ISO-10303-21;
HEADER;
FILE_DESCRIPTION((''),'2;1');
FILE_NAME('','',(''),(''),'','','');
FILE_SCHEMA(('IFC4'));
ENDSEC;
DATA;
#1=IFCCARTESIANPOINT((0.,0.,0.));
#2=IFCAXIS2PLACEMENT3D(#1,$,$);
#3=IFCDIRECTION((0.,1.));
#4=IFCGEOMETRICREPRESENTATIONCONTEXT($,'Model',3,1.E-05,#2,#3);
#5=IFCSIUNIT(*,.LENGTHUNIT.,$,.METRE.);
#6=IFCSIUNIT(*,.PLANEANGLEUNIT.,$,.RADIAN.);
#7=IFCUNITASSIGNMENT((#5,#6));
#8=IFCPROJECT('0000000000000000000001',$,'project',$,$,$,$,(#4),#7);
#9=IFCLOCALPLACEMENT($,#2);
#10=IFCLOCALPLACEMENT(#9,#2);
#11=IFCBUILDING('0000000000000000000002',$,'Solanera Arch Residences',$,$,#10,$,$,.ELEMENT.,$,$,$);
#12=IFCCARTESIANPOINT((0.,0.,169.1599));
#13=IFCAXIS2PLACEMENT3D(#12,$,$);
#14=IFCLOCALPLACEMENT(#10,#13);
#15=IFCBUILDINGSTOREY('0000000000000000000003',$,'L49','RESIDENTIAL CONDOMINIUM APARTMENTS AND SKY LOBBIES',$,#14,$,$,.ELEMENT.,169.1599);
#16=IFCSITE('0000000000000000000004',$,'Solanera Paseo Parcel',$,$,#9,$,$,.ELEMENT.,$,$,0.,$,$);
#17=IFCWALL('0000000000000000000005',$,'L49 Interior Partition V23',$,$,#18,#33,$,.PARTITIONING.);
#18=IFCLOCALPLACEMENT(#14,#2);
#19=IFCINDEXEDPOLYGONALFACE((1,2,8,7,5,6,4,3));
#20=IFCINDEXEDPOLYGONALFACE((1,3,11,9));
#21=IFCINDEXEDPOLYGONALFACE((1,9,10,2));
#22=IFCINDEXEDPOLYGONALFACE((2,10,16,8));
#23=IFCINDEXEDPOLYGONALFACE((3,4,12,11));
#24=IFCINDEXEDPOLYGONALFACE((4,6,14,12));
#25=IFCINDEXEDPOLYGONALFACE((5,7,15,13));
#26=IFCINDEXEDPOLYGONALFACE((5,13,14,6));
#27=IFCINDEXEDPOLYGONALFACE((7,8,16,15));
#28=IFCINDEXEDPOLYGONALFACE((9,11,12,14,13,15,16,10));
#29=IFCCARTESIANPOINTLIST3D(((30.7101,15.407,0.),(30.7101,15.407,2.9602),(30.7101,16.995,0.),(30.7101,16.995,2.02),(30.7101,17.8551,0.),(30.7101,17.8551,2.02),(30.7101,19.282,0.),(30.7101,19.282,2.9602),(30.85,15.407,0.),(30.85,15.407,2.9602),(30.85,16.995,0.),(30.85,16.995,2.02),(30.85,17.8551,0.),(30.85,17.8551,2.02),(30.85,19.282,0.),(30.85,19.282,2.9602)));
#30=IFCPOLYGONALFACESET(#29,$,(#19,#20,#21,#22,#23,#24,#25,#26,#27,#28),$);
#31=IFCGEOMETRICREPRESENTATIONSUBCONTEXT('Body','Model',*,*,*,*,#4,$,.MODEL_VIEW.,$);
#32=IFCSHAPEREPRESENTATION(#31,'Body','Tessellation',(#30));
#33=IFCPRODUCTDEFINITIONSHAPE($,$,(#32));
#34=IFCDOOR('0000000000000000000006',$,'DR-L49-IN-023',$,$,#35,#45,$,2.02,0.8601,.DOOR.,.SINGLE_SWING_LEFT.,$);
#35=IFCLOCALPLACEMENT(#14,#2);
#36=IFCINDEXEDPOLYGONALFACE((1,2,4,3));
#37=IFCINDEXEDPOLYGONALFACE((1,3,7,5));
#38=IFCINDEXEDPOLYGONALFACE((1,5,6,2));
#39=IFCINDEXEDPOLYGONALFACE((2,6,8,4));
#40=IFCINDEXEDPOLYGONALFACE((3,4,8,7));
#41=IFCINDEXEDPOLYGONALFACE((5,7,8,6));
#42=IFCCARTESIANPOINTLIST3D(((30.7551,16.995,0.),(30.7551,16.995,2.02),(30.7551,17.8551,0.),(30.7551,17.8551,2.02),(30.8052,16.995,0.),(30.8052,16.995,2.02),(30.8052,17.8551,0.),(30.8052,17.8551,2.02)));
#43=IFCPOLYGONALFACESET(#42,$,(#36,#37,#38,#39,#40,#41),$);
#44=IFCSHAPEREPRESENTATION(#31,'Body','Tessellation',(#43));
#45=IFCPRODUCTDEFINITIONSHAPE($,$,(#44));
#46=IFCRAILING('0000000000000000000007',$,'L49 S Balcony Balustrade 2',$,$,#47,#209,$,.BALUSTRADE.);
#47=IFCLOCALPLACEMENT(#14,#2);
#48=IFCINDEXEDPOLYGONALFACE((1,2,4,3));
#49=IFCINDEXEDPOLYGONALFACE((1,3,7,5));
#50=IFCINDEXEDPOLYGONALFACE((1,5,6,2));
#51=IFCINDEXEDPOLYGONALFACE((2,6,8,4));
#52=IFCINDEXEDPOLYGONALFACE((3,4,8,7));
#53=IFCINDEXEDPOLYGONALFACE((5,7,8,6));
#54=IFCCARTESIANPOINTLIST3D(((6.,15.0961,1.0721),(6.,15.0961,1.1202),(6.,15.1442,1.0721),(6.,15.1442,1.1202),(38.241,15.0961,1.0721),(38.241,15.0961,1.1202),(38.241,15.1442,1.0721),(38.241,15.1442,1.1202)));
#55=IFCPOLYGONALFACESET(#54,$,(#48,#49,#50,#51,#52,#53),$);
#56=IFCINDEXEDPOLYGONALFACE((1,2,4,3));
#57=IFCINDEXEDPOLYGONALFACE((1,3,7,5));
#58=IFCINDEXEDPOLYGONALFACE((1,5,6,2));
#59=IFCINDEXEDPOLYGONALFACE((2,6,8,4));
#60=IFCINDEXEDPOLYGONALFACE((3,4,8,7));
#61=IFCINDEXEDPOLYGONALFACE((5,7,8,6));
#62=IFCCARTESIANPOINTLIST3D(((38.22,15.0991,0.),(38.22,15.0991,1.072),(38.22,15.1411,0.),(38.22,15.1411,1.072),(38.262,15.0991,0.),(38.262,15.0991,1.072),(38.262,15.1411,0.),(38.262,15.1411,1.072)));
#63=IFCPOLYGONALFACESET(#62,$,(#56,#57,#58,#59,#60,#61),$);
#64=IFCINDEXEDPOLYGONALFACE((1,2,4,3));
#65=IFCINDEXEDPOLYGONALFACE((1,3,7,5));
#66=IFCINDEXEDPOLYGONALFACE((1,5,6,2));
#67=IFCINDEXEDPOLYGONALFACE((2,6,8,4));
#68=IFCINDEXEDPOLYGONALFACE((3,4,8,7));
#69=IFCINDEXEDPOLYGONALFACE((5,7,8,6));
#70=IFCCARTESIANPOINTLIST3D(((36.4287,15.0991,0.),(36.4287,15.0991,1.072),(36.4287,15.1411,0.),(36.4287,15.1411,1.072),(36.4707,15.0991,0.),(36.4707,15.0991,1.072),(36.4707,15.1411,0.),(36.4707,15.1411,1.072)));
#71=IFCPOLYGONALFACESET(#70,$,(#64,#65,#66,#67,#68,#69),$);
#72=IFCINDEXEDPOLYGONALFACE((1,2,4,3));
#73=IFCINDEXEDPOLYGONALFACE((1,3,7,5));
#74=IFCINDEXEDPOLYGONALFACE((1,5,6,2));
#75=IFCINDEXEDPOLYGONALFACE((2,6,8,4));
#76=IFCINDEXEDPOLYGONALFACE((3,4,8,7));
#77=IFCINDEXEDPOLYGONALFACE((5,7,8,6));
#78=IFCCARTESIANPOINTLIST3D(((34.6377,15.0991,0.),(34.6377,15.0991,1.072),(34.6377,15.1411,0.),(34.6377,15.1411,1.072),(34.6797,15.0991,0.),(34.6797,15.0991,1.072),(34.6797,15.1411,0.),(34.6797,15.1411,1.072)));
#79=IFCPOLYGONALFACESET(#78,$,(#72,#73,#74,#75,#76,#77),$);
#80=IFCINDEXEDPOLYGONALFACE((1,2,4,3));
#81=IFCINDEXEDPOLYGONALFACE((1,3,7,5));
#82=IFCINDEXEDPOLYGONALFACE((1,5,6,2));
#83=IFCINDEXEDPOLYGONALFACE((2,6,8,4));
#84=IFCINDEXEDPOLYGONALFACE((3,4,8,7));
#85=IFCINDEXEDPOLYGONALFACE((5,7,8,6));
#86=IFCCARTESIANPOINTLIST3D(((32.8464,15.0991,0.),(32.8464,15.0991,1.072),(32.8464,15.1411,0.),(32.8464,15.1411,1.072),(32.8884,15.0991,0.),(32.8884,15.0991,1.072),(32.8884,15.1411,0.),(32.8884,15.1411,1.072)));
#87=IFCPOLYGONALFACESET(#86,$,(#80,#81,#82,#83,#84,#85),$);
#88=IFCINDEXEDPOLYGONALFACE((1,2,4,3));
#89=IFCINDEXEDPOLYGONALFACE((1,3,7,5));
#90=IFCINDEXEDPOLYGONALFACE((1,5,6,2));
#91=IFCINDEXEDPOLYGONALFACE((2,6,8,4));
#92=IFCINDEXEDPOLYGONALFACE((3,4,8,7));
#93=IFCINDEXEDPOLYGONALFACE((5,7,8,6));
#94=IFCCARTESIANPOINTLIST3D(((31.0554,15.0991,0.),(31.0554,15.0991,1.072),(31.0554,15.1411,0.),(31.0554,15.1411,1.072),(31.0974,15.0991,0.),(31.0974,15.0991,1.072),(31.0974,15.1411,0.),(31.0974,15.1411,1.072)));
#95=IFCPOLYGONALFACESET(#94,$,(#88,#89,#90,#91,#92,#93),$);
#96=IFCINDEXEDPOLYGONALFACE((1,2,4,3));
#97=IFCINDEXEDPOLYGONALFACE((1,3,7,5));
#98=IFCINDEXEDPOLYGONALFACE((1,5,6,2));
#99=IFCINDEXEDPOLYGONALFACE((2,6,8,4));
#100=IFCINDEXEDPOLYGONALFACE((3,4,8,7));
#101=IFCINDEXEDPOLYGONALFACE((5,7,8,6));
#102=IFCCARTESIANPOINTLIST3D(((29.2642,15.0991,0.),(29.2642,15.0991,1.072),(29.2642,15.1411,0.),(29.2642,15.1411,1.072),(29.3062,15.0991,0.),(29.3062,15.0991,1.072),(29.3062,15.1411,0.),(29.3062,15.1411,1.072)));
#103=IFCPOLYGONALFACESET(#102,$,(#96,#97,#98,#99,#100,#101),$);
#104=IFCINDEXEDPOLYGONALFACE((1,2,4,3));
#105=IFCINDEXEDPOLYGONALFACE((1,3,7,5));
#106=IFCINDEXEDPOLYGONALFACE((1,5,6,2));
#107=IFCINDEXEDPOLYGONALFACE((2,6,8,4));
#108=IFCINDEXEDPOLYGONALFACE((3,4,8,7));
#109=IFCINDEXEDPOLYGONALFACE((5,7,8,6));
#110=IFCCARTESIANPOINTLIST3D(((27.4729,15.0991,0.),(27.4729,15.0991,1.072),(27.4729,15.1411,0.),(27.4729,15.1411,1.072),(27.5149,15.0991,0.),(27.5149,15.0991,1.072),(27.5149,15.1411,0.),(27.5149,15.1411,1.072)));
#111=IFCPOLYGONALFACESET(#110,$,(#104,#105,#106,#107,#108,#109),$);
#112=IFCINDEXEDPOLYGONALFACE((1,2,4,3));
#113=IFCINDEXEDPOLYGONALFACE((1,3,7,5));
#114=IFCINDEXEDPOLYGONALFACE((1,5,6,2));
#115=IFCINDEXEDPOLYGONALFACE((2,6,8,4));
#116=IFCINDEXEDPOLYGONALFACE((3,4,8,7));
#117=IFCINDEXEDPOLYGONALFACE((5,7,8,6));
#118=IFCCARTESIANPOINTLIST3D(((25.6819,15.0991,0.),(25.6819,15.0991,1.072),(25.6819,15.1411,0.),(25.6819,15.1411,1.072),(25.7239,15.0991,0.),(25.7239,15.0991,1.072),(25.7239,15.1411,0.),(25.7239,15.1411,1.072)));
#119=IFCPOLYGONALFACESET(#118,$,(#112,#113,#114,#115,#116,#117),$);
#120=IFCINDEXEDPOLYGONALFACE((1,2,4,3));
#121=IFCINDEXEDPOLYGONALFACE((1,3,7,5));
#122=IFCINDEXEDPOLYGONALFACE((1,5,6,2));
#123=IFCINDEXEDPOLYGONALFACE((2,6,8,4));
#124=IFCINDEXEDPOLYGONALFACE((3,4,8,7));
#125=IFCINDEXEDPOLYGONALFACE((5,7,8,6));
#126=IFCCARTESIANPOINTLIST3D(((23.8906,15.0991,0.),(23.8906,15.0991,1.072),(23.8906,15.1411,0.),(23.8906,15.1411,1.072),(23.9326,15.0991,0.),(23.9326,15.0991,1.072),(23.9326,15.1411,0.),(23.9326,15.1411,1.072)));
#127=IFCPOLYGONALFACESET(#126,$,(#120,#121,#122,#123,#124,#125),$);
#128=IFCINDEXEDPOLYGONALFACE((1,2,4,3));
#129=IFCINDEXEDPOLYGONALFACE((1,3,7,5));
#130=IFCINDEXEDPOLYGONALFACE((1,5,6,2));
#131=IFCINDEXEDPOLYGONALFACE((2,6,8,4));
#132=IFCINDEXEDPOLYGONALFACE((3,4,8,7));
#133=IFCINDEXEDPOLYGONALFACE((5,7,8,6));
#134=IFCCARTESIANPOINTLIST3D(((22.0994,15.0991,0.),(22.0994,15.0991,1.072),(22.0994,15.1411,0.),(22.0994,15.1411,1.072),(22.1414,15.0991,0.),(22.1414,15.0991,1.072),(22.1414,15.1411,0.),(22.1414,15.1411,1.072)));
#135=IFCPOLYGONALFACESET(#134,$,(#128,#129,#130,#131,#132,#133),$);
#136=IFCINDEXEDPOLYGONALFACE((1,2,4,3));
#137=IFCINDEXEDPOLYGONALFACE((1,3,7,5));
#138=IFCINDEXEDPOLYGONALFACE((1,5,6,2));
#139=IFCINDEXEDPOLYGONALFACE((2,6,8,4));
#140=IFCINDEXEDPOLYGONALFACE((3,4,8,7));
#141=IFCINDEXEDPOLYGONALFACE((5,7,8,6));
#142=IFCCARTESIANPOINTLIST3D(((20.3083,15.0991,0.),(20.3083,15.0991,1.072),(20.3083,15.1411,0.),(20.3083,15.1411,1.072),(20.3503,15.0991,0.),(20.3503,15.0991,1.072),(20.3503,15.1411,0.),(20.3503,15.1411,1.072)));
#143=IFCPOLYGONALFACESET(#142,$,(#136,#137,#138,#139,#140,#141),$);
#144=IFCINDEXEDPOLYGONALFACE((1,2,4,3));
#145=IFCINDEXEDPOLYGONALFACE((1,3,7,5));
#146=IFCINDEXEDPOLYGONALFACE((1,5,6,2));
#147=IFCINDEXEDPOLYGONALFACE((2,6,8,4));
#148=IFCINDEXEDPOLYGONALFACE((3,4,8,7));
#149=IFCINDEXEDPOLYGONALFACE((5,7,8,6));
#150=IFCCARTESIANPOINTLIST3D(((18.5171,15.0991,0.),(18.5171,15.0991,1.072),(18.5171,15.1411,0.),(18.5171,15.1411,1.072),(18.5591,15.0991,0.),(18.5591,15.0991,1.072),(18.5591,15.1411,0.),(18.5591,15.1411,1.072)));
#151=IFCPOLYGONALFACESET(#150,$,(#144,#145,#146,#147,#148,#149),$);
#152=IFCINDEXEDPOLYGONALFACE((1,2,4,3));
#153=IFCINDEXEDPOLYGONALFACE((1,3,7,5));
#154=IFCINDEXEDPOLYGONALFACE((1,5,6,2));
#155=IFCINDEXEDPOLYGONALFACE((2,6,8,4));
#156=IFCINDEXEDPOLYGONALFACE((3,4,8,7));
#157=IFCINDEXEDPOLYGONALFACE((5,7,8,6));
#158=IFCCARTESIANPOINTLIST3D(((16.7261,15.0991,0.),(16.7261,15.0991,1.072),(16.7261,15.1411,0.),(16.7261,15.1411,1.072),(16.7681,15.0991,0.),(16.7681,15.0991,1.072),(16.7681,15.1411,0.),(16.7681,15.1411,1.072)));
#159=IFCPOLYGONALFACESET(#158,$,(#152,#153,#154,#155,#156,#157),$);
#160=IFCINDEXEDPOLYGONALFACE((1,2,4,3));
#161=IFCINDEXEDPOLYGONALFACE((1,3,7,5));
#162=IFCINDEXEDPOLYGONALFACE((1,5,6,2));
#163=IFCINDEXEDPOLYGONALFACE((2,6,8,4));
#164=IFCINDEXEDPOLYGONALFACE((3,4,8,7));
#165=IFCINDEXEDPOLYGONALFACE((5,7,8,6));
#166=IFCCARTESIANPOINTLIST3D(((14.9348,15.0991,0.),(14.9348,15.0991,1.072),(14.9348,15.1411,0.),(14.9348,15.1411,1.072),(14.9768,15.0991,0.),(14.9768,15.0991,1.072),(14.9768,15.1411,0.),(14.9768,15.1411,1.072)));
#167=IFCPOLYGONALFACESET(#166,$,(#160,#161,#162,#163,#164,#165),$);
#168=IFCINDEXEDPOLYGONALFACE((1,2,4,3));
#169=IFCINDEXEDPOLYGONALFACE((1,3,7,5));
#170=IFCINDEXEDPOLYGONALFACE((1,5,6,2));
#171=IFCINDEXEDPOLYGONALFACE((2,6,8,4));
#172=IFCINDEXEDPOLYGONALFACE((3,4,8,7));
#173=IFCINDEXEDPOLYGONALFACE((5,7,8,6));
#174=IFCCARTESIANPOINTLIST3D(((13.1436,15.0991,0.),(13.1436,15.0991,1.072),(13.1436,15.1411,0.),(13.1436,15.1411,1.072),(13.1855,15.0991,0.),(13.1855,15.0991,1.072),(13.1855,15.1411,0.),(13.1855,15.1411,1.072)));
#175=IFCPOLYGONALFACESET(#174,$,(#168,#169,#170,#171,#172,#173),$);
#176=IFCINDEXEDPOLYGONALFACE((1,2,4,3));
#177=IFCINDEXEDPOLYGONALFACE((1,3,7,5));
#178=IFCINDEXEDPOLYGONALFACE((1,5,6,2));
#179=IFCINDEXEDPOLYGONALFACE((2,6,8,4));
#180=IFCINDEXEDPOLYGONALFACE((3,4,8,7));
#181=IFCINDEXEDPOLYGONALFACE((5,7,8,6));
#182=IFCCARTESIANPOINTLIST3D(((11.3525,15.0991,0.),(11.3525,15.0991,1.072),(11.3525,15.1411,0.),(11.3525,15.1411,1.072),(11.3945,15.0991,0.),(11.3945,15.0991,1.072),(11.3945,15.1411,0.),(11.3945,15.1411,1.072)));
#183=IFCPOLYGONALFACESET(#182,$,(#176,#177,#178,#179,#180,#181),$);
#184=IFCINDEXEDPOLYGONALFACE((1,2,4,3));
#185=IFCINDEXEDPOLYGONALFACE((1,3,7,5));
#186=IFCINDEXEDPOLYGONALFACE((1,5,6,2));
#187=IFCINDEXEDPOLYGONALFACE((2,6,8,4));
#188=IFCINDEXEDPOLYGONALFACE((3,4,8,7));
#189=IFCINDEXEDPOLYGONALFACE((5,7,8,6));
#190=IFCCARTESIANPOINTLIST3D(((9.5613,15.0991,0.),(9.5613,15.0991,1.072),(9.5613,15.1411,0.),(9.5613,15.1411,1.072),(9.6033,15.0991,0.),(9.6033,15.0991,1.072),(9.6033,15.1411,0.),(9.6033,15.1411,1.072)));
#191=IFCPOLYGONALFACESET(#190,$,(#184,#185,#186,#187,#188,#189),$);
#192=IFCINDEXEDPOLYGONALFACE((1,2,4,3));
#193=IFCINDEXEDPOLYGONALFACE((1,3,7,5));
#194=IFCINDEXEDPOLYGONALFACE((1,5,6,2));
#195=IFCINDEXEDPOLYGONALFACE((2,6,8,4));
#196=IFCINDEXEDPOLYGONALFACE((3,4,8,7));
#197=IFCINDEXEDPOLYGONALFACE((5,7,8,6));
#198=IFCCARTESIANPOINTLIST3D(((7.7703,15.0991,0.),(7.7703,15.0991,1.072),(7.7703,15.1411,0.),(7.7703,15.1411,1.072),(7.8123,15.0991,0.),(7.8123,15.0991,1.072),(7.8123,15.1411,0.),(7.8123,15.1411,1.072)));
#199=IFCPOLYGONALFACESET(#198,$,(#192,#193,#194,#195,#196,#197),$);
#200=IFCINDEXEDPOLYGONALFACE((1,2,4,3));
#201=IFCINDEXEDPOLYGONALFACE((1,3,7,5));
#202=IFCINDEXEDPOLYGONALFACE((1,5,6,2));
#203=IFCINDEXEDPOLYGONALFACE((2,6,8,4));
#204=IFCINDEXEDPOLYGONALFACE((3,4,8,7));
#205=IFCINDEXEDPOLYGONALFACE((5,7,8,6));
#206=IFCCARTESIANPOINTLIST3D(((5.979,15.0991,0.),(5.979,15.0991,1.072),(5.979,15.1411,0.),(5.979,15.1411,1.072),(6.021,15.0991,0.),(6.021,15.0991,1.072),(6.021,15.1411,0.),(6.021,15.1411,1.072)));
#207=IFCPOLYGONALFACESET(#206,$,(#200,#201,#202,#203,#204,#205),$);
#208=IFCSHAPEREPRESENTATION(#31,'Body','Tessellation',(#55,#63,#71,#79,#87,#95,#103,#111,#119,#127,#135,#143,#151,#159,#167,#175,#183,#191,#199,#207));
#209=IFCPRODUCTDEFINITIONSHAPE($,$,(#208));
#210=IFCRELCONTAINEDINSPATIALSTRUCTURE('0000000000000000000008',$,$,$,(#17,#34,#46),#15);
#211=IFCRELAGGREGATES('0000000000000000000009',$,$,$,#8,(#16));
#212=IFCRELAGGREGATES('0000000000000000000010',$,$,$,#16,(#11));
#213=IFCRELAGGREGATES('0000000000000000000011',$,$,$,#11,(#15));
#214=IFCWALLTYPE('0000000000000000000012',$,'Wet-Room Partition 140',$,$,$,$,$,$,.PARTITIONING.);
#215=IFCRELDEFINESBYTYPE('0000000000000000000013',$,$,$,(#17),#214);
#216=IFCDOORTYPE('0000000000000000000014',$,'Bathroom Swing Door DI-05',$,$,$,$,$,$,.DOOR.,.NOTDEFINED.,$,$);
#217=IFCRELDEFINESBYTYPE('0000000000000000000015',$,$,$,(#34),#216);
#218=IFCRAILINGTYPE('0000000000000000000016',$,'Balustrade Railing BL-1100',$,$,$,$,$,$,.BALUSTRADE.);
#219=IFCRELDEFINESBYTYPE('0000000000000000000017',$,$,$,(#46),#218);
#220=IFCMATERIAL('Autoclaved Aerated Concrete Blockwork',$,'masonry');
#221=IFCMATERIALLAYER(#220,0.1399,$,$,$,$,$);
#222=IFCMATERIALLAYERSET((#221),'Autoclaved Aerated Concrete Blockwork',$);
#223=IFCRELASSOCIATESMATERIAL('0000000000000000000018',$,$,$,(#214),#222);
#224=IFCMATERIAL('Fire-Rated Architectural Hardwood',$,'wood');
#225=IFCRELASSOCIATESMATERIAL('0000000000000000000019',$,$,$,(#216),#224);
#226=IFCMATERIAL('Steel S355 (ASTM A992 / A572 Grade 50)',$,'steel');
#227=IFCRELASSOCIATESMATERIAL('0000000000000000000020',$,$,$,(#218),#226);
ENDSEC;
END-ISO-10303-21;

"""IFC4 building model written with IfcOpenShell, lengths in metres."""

from ifc_helpers import new_model, si_unit, direction, frame, frame_2d, origin, origin_2d, place, context, subcontext, project, spatial, rectangle, extrude, material, layer, layer_set, type_object, element, fill, save


model = new_model("IFC4")

# Units and contexts
model_context = context("Model", 3, precision=1e-05, world=origin(), true_north=direction((0.0, 1.0)))
body_context = subcontext(model_context, "Body", "Model", "MODEL_VIEW")
ifc_project = project(units=[si_unit("LENGTHUNIT", "METRE"), si_unit("PLANEANGLEUNIT", "RADIAN")], contexts=[model_context])

# Site, building, storey
site_placement = place(None, origin())
site = spatial("IfcSite", under=ifc_project, at=site_placement, Name="Solanera Paseo Parcel", CompositionType="ELEMENT", RefElevation=0.0)
building_placement = place(site_placement, origin())
building = spatial("IfcBuilding", under=site, at=building_placement, Name="Solanera Arch Residences", CompositionType="ELEMENT")
storey_placement = place(building_placement, frame((0.0, 0.0, 169.1599)))
storey = spatial("IfcBuildingStorey", under=building, at=storey_placement, Name="L49", Description="RESIDENTIAL CONDOMINIUM APARTMENTS AND SKY LOBBIES", CompositionType="ELEMENT", Elevation=169.1599)

# Shared definitions
ifc_material_1 = material(Name="Autoclaved Aerated Concrete Blockwork", Category="masonry")
ifc_layer_1 = layer(ifc_material_1, 0.1399)
ifc_layer_set_1 = layer_set([ifc_layer_1], Name="Autoclaved Aerated Concrete Blockwork")
wall_type_1 = type_object("IfcWallType", Name="Wet-Room Partition 140", PredefinedType="PARTITIONING", material=ifc_layer_set_1)

# Wall, opening, door
wall_1_placement = place(storey_placement, frame((30.78, 15.407, 0.0), z_axis=(0.0, 0.0, 1.0), x_axis=(0.0, 1.0, 0.0)))
wall_1 = element("IfcWall", 1, at=wall_1_placement, inside=storey, type_object=wall_type_1, Name="L49 Interior Partition V23", PredefinedType="PARTITIONING", context=body_context, shape_type="SweptSolid", body=[
    extrude(rectangle(XDim=3.875, YDim=0.1399, at=frame_2d((1.9375, 0.0))), origin(), (0.0, 0.0, 1.0), 2.9602),
])
opening_1_placement = place(wall_1_placement, frame((1.5879, 0.0, 0.0)))
opening_1 = element("IfcOpeningElement", 2, at=opening_1_placement, cuts=wall_1, PredefinedType="OPENING", context=body_context, shape_type="SweptSolid", body=[
    extrude(rectangle(XDim=0.8601, YDim=2.02, at=frame_2d((0.4302, 1.01))), frame((0.0, 0.0798, 0.0), z_axis=(0.0, -1.0, 0.0), x_axis=(1.0, 0.0, 0.0)), (0.0, 0.0, 1.0), 0.1599),
])
ifc_material_2 = material(Name="Fire-Rated Architectural Hardwood", Category="wood")
door_type_1 = type_object("IfcDoorType", Name="Bathroom Swing Door DI-05", OperationType="NOTDEFINED", PredefinedType="DOOR", material=ifc_material_2)
door_1_placement = place(opening_1_placement, origin())
door_1 = element("IfcDoor", 3, at=door_1_placement, inside=storey, type_object=door_type_1, Name="DR-L49-IN-023", OperationType="SINGLE_SWING_LEFT", OverallHeight=2.02, OverallWidth=0.8601, PredefinedType="DOOR", context=body_context, shape_type="SweptSolid", body=[
    extrude(rectangle(XDim=0.8601, YDim=2.02, at=frame_2d((0.4302, 1.01))), frame((0.0, 0.0249, 0.0), z_axis=(0.0, -1.0, 0.0), x_axis=(1.0, 0.0, 0.0)), (0.0, 0.0, 1.0), 0.05),
])
fill(opening_1, door_1)

# Railing
ifc_material_3 = material(Name="Steel S355 (ASTM A992 / A572 Grade 50)", Category="steel")
railing_type = type_object("IfcRailingType", Name="Balustrade Railing BL-1100", PredefinedType="BALUSTRADE", material=ifc_material_3)
railing_placement = place(storey_placement, frame((38.241, 15.1201, 0.0)))
element("IfcRailing", 4, at=railing_placement, inside=storey, type_object=railing_type, Name="L49 S Balcony Balustrade 2", PredefinedType="BALUSTRADE", context=body_context, shape_type="SweptSolid", body=[
    extrude(rectangle(XDim=0.0481, YDim=0.0481, at=origin_2d()), frame((0.0, 0.0, 1.0962), z_axis=(-1.0, 0.0, 0.0), x_axis=(0.0, -1.0, 0.0)), (0.0, 0.0, 1.0), 32.241),
    extrude(rectangle(XDim=0.042, YDim=0.042, at=origin_2d()), origin(), (0.0, 0.0, 1.0), 1.072),
    extrude(rectangle(XDim=0.042, YDim=0.042, at=origin_2d()), frame((-1.7913, 0.0, 0.0)), (0.0, 0.0, 1.0), 1.072),
    extrude(rectangle(XDim=0.042, YDim=0.042, at=origin_2d()), frame((-3.5823, 0.0, 0.0)), (0.0, 0.0, 1.0), 1.072),
    extrude(rectangle(XDim=0.042, YDim=0.042, at=origin_2d()), frame((-5.3735, 0.0, 0.0)), (0.0, 0.0, 1.0), 1.072),
    extrude(rectangle(XDim=0.042, YDim=0.042, at=origin_2d()), frame((-7.1646, 0.0, 0.0)), (0.0, 0.0, 1.0), 1.072),
    extrude(rectangle(XDim=0.042, YDim=0.042, at=origin_2d()), frame((-8.9558, 0.0, 0.0)), (0.0, 0.0, 1.0), 1.072),
    extrude(rectangle(XDim=0.042, YDim=0.042, at=origin_2d()), frame((-10.7471, 0.0, 0.0)), (0.0, 0.0, 1.0), 1.072),
    extrude(rectangle(XDim=0.042, YDim=0.042, at=origin_2d()), frame((-12.5381, 0.0, 0.0)), (0.0, 0.0, 1.0), 1.072),
    extrude(rectangle(XDim=0.042, YDim=0.042, at=origin_2d()), frame((-14.3293, 0.0, 0.0)), (0.0, 0.0, 1.0), 1.072),
    extrude(rectangle(XDim=0.042, YDim=0.042, at=origin_2d()), frame((-16.1206, 0.0, 0.0)), (0.0, 0.0, 1.0), 1.072),
    extrude(rectangle(XDim=0.042, YDim=0.042, at=origin_2d()), frame((-17.9116, 0.0, 0.0)), (0.0, 0.0, 1.0), 1.072),
    extrude(rectangle(XDim=0.042, YDim=0.042, at=origin_2d()), frame((-19.7029, 0.0, 0.0)), (0.0, 0.0, 1.0), 1.072),
    extrude(rectangle(XDim=0.042, YDim=0.042, at=origin_2d()), frame((-21.4939, 0.0, 0.0)), (0.0, 0.0, 1.0), 1.072),
    extrude(rectangle(XDim=0.042, YDim=0.042, at=origin_2d()), frame((-23.2852, 0.0, 0.0)), (0.0, 0.0, 1.0), 1.072),
    extrude(rectangle(XDim=0.042, YDim=0.042, at=origin_2d()), frame((-25.0764, 0.0, 0.0)), (0.0, 0.0, 1.0), 1.072),
    extrude(rectangle(XDim=0.042, YDim=0.042, at=origin_2d()), frame((-26.8674, 0.0, 0.0)), (0.0, 0.0, 1.0), 1.072),
    extrude(rectangle(XDim=0.042, YDim=0.042, at=origin_2d()), frame((-28.6587, 0.0, 0.0)), (0.0, 0.0, 1.0), 1.072),
    extrude(rectangle(XDim=0.042, YDim=0.042, at=origin_2d()), frame((-30.4497, 0.0, 0.0)), (0.0, 0.0, 1.0), 1.072),
    extrude(rectangle(XDim=0.042, YDim=0.042, at=origin_2d()), frame((-32.241, 0.0, 0.0)), (0.0, 0.0, 1.0), 1.072),
])

save(model, "model.ifc")
